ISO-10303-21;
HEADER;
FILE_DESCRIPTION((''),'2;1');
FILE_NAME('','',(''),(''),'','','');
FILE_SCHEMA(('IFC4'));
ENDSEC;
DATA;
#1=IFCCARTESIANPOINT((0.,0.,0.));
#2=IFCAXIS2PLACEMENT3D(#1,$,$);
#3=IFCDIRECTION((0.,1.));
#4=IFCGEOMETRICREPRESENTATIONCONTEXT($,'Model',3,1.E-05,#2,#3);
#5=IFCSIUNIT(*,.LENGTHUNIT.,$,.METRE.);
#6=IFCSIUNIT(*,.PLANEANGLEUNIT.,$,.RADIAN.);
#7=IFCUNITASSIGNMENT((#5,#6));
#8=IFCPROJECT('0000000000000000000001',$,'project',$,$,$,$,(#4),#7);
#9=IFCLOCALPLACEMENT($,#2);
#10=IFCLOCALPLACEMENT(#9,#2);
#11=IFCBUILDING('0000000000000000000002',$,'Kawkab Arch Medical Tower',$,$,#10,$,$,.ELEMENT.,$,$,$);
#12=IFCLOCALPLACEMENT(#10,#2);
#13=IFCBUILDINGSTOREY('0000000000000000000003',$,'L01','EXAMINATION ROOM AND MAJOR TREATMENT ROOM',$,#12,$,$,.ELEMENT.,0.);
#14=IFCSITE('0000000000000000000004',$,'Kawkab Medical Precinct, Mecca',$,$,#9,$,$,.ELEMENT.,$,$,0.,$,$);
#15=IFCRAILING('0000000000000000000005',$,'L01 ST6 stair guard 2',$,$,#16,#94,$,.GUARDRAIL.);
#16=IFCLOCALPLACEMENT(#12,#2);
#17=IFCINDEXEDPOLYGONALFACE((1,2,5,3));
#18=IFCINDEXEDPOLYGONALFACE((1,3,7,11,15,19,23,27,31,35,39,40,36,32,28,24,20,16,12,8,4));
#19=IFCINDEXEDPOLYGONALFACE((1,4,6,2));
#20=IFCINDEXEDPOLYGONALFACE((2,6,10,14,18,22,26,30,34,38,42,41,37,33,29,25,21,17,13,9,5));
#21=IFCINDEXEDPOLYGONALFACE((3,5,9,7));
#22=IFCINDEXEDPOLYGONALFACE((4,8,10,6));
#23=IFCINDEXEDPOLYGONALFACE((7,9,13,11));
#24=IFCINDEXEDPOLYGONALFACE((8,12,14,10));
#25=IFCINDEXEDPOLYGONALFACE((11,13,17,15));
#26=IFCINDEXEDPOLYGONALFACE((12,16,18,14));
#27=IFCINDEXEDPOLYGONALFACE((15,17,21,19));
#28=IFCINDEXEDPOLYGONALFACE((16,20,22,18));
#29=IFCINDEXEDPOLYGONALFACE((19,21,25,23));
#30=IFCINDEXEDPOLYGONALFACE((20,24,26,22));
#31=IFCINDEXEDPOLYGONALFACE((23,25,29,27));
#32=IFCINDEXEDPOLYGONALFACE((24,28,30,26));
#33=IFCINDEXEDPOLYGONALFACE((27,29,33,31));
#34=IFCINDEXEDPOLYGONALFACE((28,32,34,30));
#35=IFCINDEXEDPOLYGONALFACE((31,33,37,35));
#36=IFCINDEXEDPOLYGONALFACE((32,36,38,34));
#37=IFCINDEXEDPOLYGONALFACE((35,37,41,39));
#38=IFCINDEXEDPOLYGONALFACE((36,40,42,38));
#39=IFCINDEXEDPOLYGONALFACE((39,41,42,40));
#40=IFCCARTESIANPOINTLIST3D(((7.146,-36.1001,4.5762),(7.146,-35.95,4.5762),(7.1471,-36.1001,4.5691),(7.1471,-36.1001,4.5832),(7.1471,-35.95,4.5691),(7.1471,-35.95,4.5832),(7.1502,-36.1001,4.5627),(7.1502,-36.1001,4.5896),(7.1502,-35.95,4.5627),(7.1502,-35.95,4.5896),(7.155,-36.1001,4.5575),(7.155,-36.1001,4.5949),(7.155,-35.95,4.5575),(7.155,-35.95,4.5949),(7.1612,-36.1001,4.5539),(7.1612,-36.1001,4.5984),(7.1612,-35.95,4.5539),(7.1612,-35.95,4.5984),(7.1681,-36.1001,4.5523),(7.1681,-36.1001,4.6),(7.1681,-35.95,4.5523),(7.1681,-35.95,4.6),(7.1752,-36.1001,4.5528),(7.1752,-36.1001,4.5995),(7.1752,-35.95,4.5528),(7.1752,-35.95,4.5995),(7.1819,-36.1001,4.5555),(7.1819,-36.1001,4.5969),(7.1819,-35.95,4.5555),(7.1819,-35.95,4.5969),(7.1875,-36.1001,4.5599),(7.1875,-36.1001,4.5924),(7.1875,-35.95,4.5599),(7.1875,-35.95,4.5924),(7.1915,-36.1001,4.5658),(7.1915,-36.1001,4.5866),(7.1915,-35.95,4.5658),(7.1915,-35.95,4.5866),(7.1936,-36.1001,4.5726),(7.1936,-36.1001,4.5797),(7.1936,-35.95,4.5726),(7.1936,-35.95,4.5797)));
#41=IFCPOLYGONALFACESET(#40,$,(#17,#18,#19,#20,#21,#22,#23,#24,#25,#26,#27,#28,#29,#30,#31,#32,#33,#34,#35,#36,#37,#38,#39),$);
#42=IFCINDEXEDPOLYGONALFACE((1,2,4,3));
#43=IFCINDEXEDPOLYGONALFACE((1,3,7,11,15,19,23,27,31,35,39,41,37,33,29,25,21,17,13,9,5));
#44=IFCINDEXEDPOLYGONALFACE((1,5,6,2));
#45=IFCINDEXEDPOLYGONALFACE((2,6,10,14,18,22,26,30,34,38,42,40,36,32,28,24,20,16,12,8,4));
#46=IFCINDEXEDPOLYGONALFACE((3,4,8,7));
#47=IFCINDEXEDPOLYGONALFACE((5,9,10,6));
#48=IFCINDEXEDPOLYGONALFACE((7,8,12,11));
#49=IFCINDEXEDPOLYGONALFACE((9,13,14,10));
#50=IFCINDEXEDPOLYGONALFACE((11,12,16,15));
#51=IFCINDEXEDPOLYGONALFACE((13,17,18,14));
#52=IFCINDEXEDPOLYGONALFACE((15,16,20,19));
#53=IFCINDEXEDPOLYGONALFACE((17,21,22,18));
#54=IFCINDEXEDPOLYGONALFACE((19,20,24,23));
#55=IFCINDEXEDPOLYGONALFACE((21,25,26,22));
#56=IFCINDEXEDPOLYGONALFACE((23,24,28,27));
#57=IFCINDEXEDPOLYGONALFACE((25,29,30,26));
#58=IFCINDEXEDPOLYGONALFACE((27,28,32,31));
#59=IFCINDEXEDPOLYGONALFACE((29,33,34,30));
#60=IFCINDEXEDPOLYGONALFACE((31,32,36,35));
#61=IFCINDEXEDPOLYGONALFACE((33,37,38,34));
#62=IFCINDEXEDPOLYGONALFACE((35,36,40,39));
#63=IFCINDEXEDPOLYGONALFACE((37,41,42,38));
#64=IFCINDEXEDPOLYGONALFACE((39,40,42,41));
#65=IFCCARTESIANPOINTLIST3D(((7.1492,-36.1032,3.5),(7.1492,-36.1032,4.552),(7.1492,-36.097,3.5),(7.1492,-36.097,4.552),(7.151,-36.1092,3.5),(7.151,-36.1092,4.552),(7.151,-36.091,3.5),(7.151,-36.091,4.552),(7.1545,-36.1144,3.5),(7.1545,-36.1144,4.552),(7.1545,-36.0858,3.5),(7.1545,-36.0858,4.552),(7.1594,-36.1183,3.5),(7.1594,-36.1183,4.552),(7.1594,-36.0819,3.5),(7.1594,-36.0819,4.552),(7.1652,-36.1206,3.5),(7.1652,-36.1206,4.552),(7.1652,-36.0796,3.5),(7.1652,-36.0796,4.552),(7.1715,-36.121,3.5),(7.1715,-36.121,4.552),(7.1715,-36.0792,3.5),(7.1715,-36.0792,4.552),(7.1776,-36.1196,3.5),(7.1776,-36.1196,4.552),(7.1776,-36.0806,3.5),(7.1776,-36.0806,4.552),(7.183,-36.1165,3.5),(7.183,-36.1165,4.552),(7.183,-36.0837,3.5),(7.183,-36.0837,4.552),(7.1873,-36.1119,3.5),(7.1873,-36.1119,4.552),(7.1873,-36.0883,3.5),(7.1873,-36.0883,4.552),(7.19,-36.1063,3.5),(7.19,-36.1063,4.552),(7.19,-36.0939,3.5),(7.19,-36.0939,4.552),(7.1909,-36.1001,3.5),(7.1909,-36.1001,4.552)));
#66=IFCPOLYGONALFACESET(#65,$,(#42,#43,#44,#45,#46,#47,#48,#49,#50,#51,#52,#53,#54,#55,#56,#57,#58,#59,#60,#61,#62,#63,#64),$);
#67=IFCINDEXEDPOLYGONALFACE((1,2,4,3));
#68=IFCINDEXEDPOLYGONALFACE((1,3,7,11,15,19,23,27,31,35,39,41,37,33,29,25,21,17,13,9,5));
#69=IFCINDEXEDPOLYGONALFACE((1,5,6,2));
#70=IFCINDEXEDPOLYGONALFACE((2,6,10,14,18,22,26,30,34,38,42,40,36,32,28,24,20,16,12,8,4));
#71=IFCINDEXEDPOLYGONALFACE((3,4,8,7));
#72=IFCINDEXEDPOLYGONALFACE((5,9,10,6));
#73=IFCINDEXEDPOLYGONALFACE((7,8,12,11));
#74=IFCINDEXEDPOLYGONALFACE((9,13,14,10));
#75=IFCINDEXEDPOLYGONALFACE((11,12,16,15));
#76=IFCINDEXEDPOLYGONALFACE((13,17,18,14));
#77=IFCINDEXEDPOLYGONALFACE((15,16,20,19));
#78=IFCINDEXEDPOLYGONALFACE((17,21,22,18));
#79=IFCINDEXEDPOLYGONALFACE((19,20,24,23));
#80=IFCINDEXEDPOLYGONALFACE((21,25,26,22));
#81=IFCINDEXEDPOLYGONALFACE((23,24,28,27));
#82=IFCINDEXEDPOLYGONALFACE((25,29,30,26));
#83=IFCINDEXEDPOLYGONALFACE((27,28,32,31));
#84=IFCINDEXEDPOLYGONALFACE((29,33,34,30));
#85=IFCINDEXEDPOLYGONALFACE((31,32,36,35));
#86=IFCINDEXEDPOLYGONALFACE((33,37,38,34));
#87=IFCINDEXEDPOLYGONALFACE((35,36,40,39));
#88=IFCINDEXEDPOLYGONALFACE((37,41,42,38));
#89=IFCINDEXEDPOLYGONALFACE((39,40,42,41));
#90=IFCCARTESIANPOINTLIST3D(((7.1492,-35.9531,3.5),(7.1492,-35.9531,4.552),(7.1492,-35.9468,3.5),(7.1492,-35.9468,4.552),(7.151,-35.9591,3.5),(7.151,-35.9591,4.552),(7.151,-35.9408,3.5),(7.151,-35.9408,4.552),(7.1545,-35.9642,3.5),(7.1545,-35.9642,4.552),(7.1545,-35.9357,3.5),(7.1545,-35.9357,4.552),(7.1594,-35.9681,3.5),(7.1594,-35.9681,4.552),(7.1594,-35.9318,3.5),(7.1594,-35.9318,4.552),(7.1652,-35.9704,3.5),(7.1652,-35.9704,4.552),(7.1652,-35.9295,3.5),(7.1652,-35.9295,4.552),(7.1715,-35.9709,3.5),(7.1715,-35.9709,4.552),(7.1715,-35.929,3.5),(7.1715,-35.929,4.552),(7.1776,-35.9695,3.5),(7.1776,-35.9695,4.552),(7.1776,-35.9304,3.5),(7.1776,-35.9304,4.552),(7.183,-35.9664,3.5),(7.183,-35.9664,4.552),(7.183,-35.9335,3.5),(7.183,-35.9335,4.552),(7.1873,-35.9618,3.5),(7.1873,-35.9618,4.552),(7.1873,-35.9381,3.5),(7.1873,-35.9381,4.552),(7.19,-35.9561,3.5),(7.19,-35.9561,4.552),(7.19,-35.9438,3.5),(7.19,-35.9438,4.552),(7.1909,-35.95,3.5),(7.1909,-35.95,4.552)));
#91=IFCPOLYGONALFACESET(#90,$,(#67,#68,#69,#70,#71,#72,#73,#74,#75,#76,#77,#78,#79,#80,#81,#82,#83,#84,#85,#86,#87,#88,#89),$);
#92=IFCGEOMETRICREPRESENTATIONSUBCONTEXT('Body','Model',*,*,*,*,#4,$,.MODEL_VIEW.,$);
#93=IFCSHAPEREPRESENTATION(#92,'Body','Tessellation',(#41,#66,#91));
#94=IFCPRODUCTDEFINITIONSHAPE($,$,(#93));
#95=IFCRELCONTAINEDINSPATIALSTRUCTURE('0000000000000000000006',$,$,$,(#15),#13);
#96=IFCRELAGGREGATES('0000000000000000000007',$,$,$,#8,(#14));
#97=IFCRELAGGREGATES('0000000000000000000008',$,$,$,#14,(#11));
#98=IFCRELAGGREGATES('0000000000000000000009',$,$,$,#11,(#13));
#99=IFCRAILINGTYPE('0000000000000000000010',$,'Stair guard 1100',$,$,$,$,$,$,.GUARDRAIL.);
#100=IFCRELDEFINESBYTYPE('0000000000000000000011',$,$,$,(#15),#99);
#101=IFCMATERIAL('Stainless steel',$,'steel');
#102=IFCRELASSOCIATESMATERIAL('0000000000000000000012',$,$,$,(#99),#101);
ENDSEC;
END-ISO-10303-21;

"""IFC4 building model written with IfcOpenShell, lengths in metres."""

from ifc_helpers import new_model, si_unit, direction, frame, origin, origin_2d, place, context, subcontext, project, spatial, circle, extrude, material, type_object, element, save


model = new_model("IFC4")

# Units and contexts
model_context = context("Model", 3, precision=1e-05, world=origin(), true_north=direction((0.0, 1.0)))
body_context = subcontext(model_context, "Body", "Model", "MODEL_VIEW")
ifc_project = project(units=[si_unit("LENGTHUNIT", "METRE"), si_unit("PLANEANGLEUNIT", "RADIAN")], contexts=[model_context])

# Site, building, storey
site_placement = place(None, origin())
site = spatial("IfcSite", under=ifc_project, at=site_placement, Name="Kawkab Medical Precinct, Mecca", CompositionType="ELEMENT", RefElevation=0.0)
building_placement = place(site_placement, origin())
building = spatial("IfcBuilding", under=site, at=building_placement, Name="Kawkab Arch Medical Tower", CompositionType="ELEMENT")
storey_placement = place(building_placement, origin())
storey = spatial("IfcBuildingStorey", under=building, at=storey_placement, Name="L01", Description="EXAMINATION ROOM AND MAJOR TREATMENT ROOM", CompositionType="ELEMENT", Elevation=0.0)

# Railing
ifc_material_1 = material(Name="Stainless steel", Category="steel")
railing_type = type_object("IfcRailingType", Name="Stair guard 1100", PredefinedType="GUARDRAIL", material=ifc_material_1)
railing_1_placement = place(storey_placement, frame((7.1699, -36.1001, 3.5)))
element("IfcRailing", 1, at=railing_1_placement, inside=storey, type_object=railing_type, Name="L01 ST6 stair guard 2", PredefinedType="GUARDRAIL", context=body_context, shape_type="SweptSolid", body=[
    extrude(circle(Radius=0.0239, at=origin_2d()), frame((0.0, 0.0, 1.0762), z_axis=(0.0, 1.0, 0.0), x_axis=(-1.0, 0.0, 0.0)), (0.0, 0.0, 1.0), 0.1501),
    extrude(circle(Radius=0.021, at=origin_2d()), origin(), (0.0, 0.0, 1.0), 1.052),
    extrude(circle(Radius=0.021, at=origin_2d()), frame((0.0, 0.1501, 0.0)), (0.0, 0.0, 1.0), 1.052),
])

save(model, "model.ifc")
